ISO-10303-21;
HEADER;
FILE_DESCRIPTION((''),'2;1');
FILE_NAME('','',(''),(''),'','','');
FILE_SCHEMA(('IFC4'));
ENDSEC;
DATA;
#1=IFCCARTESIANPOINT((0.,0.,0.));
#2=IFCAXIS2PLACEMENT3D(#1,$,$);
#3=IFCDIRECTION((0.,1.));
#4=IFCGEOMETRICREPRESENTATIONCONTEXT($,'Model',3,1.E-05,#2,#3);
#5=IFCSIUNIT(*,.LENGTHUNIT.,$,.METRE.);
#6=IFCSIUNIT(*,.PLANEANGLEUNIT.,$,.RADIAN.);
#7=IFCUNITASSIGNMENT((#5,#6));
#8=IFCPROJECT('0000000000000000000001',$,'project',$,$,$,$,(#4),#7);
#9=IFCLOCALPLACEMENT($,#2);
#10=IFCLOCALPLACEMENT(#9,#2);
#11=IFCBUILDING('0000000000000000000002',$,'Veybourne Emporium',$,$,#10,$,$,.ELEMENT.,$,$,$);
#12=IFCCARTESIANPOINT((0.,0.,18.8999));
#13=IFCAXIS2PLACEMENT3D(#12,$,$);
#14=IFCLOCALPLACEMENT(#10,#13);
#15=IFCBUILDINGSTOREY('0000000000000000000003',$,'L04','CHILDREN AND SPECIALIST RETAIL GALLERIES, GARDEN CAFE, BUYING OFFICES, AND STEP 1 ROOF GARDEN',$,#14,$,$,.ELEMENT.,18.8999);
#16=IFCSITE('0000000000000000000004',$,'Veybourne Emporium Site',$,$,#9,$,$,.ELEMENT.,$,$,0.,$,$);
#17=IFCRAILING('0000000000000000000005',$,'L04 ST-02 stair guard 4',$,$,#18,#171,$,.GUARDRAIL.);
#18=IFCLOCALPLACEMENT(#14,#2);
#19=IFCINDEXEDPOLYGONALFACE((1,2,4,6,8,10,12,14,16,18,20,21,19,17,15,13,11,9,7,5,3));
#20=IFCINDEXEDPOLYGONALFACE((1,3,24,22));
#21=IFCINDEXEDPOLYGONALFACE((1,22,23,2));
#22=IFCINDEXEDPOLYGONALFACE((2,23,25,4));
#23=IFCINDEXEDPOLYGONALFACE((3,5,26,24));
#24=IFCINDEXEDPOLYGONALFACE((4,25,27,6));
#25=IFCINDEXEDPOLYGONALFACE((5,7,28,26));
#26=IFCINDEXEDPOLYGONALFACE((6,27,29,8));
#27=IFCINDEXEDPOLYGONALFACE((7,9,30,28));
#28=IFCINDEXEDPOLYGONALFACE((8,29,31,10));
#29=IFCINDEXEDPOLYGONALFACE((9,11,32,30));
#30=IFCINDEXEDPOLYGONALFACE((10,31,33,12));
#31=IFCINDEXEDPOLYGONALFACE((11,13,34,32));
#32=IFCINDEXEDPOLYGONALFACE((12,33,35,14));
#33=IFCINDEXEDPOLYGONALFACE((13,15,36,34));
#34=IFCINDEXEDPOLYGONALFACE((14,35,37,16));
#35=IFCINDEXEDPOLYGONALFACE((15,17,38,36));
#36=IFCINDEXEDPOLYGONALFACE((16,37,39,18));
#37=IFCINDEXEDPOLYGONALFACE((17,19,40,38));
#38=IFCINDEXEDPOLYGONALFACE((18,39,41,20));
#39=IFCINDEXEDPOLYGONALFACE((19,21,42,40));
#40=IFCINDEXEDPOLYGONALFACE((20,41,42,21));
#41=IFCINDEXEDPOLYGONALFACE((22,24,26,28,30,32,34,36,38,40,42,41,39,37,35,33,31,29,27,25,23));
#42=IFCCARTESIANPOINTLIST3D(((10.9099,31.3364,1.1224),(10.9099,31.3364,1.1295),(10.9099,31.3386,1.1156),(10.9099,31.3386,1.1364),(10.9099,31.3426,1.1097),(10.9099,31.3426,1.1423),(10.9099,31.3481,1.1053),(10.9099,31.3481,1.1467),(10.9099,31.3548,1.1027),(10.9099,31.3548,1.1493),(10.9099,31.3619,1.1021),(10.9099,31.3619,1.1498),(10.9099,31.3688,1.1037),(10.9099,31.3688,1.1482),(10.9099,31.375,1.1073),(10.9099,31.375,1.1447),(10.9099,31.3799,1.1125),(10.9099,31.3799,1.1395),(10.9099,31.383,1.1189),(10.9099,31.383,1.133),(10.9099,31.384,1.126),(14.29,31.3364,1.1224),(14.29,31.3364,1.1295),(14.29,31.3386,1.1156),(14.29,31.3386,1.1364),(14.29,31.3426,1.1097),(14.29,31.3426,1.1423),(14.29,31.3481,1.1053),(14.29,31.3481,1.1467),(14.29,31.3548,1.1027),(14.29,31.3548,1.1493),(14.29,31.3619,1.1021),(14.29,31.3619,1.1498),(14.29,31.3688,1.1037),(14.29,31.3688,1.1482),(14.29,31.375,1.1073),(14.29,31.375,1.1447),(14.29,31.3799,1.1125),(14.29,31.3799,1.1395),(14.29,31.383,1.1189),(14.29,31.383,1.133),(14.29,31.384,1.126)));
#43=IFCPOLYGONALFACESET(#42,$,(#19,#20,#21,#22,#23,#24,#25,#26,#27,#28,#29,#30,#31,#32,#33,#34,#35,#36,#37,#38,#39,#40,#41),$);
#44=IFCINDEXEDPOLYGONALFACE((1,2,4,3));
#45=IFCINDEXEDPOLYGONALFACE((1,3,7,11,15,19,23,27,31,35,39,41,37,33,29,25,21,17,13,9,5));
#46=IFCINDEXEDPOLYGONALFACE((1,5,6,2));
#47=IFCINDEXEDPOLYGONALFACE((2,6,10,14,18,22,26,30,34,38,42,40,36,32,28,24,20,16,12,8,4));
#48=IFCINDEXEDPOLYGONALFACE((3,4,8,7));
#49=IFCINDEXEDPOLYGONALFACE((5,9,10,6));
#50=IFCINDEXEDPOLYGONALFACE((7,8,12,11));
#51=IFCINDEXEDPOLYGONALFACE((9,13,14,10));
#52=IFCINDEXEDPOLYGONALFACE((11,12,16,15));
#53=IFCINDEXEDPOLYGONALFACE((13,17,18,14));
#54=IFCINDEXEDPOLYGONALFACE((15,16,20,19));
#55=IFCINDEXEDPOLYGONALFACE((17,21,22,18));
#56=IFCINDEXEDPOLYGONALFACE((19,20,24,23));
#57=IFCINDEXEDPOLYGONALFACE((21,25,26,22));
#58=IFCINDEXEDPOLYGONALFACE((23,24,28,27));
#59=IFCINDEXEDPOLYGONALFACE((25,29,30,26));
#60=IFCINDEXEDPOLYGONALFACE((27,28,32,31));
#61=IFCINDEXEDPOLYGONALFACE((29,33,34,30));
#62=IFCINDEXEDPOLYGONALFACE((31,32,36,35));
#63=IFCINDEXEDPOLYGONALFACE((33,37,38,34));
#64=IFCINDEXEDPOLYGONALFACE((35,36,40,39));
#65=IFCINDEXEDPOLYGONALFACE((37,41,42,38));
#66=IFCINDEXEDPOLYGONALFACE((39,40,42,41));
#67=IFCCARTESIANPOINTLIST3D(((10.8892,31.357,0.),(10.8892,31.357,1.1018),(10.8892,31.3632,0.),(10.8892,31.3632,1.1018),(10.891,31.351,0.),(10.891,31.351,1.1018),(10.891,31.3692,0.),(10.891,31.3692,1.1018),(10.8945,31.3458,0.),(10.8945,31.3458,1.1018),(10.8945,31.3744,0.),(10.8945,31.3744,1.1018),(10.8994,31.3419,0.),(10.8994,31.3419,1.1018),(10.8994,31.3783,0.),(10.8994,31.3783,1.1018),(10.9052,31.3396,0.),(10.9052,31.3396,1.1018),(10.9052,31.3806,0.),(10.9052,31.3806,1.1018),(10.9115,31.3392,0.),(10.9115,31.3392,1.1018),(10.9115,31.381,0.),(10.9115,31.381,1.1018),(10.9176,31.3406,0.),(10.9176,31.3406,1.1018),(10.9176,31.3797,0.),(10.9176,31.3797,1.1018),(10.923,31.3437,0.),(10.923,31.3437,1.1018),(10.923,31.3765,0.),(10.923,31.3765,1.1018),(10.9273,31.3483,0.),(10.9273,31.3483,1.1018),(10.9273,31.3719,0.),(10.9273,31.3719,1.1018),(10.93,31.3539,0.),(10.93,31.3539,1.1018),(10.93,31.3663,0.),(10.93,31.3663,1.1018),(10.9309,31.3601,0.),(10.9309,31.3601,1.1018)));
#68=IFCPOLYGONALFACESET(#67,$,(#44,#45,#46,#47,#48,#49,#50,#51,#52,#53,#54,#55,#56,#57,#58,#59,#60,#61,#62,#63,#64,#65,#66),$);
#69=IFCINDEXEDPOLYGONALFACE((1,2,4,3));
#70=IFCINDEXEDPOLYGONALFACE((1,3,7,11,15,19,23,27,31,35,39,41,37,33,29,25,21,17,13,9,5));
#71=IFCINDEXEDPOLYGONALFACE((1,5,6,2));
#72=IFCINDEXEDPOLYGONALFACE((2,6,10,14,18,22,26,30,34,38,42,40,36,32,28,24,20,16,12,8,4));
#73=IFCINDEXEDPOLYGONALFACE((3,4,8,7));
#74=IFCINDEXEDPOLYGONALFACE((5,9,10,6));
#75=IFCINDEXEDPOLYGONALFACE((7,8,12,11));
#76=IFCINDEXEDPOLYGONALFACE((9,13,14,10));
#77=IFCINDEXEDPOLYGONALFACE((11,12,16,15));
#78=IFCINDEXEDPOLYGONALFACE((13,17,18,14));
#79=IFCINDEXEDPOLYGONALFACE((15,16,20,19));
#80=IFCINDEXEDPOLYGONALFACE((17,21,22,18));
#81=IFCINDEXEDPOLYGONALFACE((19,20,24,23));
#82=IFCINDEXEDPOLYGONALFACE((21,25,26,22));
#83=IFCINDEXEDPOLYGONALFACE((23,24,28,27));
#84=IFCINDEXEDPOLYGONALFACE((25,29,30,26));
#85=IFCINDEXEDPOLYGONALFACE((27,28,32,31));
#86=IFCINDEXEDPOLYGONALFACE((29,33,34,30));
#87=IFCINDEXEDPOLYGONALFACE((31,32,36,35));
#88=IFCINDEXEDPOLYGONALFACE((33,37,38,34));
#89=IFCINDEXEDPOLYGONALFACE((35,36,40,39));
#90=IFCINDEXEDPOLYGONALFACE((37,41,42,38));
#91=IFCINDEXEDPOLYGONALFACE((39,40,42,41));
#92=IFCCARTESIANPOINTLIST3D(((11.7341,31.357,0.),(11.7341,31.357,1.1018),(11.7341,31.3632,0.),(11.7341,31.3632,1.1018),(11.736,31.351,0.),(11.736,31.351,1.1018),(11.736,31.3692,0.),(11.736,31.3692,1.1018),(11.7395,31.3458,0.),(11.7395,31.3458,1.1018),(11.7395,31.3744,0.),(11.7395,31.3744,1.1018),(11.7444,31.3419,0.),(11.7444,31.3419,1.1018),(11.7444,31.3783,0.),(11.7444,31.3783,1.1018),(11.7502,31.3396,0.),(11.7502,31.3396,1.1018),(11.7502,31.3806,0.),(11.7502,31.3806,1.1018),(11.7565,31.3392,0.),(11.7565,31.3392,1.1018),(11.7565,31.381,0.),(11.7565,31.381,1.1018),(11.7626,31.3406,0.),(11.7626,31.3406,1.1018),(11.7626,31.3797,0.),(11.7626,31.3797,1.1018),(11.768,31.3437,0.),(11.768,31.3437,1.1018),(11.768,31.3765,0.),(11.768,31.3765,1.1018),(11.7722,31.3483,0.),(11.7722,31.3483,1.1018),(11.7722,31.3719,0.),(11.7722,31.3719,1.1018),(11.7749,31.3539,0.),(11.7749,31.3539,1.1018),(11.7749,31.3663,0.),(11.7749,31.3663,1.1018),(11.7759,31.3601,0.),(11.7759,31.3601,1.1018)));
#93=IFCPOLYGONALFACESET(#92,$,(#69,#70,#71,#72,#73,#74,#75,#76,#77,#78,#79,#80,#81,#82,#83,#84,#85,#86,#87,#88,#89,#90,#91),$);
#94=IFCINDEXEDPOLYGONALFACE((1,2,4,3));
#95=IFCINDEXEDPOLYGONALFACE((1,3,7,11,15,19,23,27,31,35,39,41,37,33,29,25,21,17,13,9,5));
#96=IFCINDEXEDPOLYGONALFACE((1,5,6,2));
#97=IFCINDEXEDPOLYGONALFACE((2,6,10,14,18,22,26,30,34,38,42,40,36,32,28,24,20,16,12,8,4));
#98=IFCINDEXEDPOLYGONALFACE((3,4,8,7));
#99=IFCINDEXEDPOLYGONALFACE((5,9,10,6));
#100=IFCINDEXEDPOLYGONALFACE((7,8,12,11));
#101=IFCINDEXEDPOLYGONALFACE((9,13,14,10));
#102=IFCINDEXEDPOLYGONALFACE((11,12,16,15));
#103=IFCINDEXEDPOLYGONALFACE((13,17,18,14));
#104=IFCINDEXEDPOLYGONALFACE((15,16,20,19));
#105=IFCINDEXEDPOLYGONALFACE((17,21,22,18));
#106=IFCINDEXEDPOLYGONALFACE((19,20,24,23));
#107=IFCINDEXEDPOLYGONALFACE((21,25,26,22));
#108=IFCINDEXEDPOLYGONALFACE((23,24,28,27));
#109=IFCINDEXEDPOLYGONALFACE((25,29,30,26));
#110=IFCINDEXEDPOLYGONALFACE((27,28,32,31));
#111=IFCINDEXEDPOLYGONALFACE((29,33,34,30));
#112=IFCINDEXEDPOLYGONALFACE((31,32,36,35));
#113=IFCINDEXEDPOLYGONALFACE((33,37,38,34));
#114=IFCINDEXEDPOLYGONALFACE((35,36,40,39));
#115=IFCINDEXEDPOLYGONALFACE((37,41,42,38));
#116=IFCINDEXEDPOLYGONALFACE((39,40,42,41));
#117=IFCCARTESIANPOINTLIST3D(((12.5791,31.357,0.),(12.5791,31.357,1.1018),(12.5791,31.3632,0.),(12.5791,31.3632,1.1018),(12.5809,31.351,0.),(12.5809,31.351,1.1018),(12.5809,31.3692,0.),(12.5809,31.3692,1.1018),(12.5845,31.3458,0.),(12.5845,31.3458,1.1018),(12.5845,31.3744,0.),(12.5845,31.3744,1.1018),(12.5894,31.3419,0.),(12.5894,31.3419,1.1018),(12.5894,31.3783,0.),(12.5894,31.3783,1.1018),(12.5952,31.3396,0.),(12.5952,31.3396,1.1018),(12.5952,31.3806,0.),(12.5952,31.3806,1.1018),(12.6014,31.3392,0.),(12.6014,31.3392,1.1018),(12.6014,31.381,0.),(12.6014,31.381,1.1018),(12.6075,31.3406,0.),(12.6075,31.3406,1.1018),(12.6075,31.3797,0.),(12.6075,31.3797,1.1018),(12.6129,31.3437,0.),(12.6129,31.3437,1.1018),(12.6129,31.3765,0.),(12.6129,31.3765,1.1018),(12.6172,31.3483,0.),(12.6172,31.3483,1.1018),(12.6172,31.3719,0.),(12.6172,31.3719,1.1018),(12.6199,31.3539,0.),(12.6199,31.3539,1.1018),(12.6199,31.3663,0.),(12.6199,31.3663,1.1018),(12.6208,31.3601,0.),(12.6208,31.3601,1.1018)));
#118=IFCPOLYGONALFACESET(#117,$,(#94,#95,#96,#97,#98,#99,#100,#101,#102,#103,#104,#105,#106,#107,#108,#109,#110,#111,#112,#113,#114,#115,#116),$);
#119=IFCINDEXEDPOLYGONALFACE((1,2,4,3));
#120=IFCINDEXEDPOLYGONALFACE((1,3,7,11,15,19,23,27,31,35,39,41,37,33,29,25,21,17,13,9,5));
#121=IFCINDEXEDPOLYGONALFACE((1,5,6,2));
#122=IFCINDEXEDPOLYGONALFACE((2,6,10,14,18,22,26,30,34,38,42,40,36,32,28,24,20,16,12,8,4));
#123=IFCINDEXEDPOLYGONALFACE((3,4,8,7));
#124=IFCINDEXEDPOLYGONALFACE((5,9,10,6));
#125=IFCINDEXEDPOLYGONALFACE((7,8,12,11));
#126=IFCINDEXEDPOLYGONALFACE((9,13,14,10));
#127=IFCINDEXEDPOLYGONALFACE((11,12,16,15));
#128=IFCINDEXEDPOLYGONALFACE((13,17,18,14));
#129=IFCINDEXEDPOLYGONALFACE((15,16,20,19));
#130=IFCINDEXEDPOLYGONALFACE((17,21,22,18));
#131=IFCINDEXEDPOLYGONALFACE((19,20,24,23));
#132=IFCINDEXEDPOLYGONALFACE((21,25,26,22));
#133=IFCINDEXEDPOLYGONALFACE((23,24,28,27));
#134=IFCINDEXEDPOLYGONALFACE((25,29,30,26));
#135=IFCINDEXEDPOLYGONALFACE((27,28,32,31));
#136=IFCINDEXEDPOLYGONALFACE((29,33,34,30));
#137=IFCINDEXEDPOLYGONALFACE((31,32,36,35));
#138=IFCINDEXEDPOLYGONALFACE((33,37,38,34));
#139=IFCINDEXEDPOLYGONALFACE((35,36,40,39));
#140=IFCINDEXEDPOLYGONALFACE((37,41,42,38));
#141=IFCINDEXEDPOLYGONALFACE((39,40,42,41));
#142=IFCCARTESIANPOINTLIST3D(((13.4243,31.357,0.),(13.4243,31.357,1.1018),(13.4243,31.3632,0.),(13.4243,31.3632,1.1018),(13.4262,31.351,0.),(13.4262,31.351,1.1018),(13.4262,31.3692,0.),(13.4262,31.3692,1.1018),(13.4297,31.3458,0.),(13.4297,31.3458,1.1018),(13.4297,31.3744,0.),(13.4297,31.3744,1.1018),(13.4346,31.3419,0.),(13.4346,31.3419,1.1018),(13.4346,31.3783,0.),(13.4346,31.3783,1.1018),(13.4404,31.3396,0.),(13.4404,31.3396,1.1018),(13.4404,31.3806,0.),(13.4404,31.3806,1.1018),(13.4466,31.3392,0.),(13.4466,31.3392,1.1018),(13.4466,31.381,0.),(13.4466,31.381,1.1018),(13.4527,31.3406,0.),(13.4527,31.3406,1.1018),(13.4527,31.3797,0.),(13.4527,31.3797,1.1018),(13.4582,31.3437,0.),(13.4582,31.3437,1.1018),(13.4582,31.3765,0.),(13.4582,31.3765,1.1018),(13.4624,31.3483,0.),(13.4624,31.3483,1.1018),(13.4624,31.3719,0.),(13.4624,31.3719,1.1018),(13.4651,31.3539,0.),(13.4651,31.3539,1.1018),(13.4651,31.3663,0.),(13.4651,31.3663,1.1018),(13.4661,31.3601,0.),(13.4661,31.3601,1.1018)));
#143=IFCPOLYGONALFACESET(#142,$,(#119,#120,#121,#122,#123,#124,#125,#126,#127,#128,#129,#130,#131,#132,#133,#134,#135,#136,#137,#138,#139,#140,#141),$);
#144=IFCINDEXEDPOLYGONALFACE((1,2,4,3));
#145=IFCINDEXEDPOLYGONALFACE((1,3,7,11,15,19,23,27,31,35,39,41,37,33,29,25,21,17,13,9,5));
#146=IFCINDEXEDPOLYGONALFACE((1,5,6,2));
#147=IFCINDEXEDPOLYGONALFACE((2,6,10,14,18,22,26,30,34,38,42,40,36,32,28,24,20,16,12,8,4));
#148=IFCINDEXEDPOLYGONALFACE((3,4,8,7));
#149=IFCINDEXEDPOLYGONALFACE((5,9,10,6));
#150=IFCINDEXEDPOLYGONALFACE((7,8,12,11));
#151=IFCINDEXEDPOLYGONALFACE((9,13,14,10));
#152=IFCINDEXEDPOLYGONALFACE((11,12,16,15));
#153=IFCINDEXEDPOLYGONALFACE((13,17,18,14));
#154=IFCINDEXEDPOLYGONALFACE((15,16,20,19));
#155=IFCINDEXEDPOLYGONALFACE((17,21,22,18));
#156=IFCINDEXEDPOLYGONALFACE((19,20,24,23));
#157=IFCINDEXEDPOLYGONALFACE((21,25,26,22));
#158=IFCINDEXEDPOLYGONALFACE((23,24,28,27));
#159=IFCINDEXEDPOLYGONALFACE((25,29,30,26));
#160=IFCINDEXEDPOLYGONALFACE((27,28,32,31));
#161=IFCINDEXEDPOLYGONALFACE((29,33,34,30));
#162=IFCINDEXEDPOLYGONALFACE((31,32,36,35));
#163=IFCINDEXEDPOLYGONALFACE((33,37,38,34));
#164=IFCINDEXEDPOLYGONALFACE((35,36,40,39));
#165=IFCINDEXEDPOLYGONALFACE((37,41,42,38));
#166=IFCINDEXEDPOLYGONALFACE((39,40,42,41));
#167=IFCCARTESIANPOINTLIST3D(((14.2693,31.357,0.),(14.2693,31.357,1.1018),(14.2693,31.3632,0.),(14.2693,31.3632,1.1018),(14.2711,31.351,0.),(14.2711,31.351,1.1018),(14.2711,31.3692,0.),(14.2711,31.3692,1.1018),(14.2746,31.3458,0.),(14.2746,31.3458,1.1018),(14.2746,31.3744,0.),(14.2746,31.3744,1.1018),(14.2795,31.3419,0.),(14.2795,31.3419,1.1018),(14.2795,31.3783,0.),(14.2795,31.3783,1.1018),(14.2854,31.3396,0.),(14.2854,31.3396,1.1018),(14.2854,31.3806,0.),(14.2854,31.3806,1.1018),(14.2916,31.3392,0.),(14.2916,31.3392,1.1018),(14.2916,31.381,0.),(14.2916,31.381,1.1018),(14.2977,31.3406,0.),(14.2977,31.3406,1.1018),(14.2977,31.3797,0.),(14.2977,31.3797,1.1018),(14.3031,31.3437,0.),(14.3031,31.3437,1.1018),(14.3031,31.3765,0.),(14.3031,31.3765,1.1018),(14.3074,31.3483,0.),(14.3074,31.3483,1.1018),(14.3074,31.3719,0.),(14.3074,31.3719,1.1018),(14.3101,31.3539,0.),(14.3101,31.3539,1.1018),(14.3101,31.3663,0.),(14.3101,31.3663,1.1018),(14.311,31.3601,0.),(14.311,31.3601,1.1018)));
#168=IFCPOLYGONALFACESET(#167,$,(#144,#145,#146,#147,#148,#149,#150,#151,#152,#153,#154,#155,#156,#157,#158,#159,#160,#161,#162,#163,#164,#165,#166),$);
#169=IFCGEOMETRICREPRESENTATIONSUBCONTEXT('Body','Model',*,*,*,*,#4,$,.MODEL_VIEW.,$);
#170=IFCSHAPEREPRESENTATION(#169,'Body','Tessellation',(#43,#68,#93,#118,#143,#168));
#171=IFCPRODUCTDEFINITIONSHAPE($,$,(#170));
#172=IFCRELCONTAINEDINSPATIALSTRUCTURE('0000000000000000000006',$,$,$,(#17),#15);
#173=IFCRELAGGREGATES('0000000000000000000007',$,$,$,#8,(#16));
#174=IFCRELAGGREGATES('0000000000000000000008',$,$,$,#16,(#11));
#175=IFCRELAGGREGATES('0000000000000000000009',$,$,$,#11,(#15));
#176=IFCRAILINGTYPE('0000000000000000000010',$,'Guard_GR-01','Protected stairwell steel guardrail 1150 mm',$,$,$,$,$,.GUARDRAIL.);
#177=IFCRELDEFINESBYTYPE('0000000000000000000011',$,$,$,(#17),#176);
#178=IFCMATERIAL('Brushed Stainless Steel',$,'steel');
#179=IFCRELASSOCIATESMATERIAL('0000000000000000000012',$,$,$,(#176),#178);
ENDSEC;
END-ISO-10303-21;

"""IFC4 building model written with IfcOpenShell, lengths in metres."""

from ifc_helpers import new_model, si_unit, direction, frame, origin, origin_2d, place, context, subcontext, project, spatial, circle, extrude, material, type_object, element, save


model = new_model("IFC4")

# Units and contexts
model_context = context("Model", 3, precision=1e-05, world=origin(), true_north=direction((0.0, 1.0)))
body_context = subcontext(model_context, "Body", "Model", "MODEL_VIEW")
ifc_project = project(units=[si_unit("LENGTHUNIT", "METRE"), si_unit("PLANEANGLEUNIT", "RADIAN")], contexts=[model_context])

# Site, building, storey
site_placement = place(None, origin())
site = spatial("IfcSite", under=ifc_project, at=site_placement, Name="Veybourne Emporium Site", CompositionType="ELEMENT", RefElevation=0.0)
building_placement = place(site_placement, origin())
building = spatial("IfcBuilding", under=site, at=building_placement, Name="Veybourne Emporium", CompositionType="ELEMENT")
storey_placement = place(building_placement, frame((0.0, 0.0, 18.8999)))
storey = spatial("IfcBuildingStorey", under=building, at=storey_placement, Name="L04", Description="CHILDREN AND SPECIALIST RETAIL GALLERIES, GARDEN CAFE, BUYING OFFICES, AND STEP 1 ROOF GARDEN", CompositionType="ELEMENT", Elevation=18.8999)

# Railing
ifc_material_1 = material(Name="Brushed Stainless Steel", Category="steel")
railing_type_1 = type_object("IfcRailingType", Name="Guard_GR-01", Description="Protected stairwell steel guardrail 1150 mm", PredefinedType="GUARDRAIL", material=ifc_material_1)
railing_1_placement = place(storey_placement, frame((10.9099, 31.3601, 0.0)))
element("IfcRailing", 1, at=railing_1_placement, inside=storey, type_object=railing_type_1, Name="L04 ST-02 stair guard 4", PredefinedType="GUARDRAIL", context=body_context, shape_type="SweptSolid", body=[
    extrude(circle(Radius=0.0239, at=origin_2d()), frame((0.0, 0.0, 1.126), z_axis=(1.0, 0.0, 0.0), x_axis=(0.0, 1.0, 0.0)), (0.0, 0.0, 1.0), 3.3801),
    extrude(circle(Radius=0.021, at=origin_2d()), origin(), (0.0, 0.0, 1.0), 1.1018),
    extrude(circle(Radius=0.021, at=origin_2d()), frame((0.845, 0.0, 0.0)), (0.0, 0.0, 1.0), 1.1018),
    extrude(circle(Radius=0.021, at=origin_2d()), frame((1.6899, 0.0, 0.0)), (0.0, 0.0, 1.0), 1.1018),
    extrude(circle(Radius=0.021, at=origin_2d()), frame((2.5352, 0.0, 0.0)), (0.0, 0.0, 1.0), 1.1018),
    extrude(circle(Radius=0.021, at=origin_2d()), frame((3.3801, 0.0, 0.0)), (0.0, 0.0, 1.0), 1.1018),
])

save(model, "model.ifc")
